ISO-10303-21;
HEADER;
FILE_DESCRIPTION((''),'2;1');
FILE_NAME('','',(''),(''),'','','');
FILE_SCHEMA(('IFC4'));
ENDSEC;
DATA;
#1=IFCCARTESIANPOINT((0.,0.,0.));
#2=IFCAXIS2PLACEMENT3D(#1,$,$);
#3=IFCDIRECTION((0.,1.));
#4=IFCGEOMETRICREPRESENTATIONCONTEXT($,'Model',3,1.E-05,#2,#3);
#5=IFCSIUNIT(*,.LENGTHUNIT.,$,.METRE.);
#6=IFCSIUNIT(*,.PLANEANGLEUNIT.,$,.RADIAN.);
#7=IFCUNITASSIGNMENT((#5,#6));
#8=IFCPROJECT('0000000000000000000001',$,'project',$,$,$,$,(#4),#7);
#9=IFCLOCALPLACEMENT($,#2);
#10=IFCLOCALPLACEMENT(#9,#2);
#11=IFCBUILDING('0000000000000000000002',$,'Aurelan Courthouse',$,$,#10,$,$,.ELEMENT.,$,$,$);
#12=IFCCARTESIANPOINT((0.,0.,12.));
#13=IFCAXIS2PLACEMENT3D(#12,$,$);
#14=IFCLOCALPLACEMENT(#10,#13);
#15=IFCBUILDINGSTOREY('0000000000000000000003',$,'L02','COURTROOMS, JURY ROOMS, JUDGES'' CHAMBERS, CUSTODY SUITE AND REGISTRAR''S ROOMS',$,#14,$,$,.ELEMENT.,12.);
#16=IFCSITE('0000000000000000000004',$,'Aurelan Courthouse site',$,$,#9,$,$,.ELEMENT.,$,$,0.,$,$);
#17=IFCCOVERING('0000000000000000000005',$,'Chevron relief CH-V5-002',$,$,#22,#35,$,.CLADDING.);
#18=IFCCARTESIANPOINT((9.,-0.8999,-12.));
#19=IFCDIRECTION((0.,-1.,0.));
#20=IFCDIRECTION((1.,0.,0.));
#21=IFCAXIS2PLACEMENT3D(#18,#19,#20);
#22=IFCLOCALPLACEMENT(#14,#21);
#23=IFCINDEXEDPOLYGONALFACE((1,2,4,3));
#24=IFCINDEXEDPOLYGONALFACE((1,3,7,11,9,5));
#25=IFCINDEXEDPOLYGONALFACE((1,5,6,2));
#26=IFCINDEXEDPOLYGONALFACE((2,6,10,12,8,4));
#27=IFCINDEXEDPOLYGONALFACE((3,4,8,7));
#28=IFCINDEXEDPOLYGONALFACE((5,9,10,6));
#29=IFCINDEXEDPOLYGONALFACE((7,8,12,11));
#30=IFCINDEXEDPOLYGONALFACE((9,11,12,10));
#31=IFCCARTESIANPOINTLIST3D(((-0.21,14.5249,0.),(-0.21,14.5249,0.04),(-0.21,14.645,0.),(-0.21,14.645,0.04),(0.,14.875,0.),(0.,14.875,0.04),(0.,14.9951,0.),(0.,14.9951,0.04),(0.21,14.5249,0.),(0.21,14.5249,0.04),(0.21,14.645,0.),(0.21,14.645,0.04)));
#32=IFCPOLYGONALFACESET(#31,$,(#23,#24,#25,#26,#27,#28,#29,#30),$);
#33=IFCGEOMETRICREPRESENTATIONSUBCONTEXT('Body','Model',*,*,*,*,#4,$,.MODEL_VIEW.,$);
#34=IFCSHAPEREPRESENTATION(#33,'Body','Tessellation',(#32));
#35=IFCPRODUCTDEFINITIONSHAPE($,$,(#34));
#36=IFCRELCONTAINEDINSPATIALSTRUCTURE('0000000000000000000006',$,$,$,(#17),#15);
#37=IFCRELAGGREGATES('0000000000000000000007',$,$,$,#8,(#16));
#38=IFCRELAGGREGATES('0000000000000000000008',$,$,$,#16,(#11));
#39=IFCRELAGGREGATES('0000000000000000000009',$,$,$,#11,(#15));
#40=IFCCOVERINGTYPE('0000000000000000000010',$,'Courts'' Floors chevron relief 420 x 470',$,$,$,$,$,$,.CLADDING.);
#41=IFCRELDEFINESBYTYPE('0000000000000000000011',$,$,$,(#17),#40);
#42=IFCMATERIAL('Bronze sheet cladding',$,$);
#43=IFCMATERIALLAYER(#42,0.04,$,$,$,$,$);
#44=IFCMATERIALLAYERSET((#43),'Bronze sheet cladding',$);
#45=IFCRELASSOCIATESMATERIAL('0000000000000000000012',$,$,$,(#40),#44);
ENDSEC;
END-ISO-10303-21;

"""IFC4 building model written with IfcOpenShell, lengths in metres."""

from ifc_helpers import new_model, si_unit, direction, frame, origin, place, context, subcontext, project, spatial, polyline, outline, extrude, material, layer, layer_set, type_object, element, save


model = new_model("IFC4")

# Units and contexts
model_context = context("Model", 3, precision=1e-05, world=origin(), true_north=direction((0.0, 1.0)))
body_context = subcontext(model_context, "Body", "Model", "MODEL_VIEW")
ifc_project = project(units=[si_unit("LENGTHUNIT", "METRE"), si_unit("PLANEANGLEUNIT", "RADIAN")], contexts=[model_context])

# Site, building, storey
site_placement = place(None, origin())
site = spatial("IfcSite", under=ifc_project, at=site_placement, Name="Aurelan Courthouse site", CompositionType="ELEMENT", RefElevation=0.0)
building_placement = place(site_placement, origin())
building = spatial("IfcBuilding", under=site, at=building_placement, Name="Aurelan Courthouse", CompositionType="ELEMENT")
storey_placement = place(building_placement, frame((0.0, 0.0, 12.0)))
storey = spatial("IfcBuildingStorey", under=building, at=storey_placement, Name="L02", Description="COURTROOMS, JURY ROOMS, JUDGES' CHAMBERS, CUSTODY SUITE AND REGISTRAR'S ROOMS", CompositionType="ELEMENT", Elevation=12.0)

# Covering
ifc_material_1 = material(Name="Bronze sheet cladding")
ifc_layer_1 = layer(ifc_material_1, 0.04)
ifc_layer_set_1 = layer_set([ifc_layer_1], Name="Bronze sheet cladding")
covering_type_1 = type_object("IfcCoveringType", Name="Courts' Floors chevron relief 420 x 470", PredefinedType="CLADDING", material=ifc_layer_set_1)
covering_1_placement = place(storey_placement, frame((9.0, -0.8999, -12.0), z_axis=(0.0, -1.0, 0.0), x_axis=(1.0, 0.0, 0.0)))
element("IfcCovering", 1, at=covering_1_placement, inside=storey, type_object=covering_type_1, Name="Chevron relief CH-V5-002", PredefinedType="CLADDING", context=body_context, shape_type="SweptSolid", body=[
    extrude(outline(polyline([(-0.21, 14.5249), (0.0, 14.875), (0.21, 14.5249), (0.21, 14.645), (0.0, 14.9951), (-0.21, 14.645), (-0.21, 14.5249)])), origin(), (0.0, 0.0, 1.0), 0.04),
])

save(model, "model.ifc")
